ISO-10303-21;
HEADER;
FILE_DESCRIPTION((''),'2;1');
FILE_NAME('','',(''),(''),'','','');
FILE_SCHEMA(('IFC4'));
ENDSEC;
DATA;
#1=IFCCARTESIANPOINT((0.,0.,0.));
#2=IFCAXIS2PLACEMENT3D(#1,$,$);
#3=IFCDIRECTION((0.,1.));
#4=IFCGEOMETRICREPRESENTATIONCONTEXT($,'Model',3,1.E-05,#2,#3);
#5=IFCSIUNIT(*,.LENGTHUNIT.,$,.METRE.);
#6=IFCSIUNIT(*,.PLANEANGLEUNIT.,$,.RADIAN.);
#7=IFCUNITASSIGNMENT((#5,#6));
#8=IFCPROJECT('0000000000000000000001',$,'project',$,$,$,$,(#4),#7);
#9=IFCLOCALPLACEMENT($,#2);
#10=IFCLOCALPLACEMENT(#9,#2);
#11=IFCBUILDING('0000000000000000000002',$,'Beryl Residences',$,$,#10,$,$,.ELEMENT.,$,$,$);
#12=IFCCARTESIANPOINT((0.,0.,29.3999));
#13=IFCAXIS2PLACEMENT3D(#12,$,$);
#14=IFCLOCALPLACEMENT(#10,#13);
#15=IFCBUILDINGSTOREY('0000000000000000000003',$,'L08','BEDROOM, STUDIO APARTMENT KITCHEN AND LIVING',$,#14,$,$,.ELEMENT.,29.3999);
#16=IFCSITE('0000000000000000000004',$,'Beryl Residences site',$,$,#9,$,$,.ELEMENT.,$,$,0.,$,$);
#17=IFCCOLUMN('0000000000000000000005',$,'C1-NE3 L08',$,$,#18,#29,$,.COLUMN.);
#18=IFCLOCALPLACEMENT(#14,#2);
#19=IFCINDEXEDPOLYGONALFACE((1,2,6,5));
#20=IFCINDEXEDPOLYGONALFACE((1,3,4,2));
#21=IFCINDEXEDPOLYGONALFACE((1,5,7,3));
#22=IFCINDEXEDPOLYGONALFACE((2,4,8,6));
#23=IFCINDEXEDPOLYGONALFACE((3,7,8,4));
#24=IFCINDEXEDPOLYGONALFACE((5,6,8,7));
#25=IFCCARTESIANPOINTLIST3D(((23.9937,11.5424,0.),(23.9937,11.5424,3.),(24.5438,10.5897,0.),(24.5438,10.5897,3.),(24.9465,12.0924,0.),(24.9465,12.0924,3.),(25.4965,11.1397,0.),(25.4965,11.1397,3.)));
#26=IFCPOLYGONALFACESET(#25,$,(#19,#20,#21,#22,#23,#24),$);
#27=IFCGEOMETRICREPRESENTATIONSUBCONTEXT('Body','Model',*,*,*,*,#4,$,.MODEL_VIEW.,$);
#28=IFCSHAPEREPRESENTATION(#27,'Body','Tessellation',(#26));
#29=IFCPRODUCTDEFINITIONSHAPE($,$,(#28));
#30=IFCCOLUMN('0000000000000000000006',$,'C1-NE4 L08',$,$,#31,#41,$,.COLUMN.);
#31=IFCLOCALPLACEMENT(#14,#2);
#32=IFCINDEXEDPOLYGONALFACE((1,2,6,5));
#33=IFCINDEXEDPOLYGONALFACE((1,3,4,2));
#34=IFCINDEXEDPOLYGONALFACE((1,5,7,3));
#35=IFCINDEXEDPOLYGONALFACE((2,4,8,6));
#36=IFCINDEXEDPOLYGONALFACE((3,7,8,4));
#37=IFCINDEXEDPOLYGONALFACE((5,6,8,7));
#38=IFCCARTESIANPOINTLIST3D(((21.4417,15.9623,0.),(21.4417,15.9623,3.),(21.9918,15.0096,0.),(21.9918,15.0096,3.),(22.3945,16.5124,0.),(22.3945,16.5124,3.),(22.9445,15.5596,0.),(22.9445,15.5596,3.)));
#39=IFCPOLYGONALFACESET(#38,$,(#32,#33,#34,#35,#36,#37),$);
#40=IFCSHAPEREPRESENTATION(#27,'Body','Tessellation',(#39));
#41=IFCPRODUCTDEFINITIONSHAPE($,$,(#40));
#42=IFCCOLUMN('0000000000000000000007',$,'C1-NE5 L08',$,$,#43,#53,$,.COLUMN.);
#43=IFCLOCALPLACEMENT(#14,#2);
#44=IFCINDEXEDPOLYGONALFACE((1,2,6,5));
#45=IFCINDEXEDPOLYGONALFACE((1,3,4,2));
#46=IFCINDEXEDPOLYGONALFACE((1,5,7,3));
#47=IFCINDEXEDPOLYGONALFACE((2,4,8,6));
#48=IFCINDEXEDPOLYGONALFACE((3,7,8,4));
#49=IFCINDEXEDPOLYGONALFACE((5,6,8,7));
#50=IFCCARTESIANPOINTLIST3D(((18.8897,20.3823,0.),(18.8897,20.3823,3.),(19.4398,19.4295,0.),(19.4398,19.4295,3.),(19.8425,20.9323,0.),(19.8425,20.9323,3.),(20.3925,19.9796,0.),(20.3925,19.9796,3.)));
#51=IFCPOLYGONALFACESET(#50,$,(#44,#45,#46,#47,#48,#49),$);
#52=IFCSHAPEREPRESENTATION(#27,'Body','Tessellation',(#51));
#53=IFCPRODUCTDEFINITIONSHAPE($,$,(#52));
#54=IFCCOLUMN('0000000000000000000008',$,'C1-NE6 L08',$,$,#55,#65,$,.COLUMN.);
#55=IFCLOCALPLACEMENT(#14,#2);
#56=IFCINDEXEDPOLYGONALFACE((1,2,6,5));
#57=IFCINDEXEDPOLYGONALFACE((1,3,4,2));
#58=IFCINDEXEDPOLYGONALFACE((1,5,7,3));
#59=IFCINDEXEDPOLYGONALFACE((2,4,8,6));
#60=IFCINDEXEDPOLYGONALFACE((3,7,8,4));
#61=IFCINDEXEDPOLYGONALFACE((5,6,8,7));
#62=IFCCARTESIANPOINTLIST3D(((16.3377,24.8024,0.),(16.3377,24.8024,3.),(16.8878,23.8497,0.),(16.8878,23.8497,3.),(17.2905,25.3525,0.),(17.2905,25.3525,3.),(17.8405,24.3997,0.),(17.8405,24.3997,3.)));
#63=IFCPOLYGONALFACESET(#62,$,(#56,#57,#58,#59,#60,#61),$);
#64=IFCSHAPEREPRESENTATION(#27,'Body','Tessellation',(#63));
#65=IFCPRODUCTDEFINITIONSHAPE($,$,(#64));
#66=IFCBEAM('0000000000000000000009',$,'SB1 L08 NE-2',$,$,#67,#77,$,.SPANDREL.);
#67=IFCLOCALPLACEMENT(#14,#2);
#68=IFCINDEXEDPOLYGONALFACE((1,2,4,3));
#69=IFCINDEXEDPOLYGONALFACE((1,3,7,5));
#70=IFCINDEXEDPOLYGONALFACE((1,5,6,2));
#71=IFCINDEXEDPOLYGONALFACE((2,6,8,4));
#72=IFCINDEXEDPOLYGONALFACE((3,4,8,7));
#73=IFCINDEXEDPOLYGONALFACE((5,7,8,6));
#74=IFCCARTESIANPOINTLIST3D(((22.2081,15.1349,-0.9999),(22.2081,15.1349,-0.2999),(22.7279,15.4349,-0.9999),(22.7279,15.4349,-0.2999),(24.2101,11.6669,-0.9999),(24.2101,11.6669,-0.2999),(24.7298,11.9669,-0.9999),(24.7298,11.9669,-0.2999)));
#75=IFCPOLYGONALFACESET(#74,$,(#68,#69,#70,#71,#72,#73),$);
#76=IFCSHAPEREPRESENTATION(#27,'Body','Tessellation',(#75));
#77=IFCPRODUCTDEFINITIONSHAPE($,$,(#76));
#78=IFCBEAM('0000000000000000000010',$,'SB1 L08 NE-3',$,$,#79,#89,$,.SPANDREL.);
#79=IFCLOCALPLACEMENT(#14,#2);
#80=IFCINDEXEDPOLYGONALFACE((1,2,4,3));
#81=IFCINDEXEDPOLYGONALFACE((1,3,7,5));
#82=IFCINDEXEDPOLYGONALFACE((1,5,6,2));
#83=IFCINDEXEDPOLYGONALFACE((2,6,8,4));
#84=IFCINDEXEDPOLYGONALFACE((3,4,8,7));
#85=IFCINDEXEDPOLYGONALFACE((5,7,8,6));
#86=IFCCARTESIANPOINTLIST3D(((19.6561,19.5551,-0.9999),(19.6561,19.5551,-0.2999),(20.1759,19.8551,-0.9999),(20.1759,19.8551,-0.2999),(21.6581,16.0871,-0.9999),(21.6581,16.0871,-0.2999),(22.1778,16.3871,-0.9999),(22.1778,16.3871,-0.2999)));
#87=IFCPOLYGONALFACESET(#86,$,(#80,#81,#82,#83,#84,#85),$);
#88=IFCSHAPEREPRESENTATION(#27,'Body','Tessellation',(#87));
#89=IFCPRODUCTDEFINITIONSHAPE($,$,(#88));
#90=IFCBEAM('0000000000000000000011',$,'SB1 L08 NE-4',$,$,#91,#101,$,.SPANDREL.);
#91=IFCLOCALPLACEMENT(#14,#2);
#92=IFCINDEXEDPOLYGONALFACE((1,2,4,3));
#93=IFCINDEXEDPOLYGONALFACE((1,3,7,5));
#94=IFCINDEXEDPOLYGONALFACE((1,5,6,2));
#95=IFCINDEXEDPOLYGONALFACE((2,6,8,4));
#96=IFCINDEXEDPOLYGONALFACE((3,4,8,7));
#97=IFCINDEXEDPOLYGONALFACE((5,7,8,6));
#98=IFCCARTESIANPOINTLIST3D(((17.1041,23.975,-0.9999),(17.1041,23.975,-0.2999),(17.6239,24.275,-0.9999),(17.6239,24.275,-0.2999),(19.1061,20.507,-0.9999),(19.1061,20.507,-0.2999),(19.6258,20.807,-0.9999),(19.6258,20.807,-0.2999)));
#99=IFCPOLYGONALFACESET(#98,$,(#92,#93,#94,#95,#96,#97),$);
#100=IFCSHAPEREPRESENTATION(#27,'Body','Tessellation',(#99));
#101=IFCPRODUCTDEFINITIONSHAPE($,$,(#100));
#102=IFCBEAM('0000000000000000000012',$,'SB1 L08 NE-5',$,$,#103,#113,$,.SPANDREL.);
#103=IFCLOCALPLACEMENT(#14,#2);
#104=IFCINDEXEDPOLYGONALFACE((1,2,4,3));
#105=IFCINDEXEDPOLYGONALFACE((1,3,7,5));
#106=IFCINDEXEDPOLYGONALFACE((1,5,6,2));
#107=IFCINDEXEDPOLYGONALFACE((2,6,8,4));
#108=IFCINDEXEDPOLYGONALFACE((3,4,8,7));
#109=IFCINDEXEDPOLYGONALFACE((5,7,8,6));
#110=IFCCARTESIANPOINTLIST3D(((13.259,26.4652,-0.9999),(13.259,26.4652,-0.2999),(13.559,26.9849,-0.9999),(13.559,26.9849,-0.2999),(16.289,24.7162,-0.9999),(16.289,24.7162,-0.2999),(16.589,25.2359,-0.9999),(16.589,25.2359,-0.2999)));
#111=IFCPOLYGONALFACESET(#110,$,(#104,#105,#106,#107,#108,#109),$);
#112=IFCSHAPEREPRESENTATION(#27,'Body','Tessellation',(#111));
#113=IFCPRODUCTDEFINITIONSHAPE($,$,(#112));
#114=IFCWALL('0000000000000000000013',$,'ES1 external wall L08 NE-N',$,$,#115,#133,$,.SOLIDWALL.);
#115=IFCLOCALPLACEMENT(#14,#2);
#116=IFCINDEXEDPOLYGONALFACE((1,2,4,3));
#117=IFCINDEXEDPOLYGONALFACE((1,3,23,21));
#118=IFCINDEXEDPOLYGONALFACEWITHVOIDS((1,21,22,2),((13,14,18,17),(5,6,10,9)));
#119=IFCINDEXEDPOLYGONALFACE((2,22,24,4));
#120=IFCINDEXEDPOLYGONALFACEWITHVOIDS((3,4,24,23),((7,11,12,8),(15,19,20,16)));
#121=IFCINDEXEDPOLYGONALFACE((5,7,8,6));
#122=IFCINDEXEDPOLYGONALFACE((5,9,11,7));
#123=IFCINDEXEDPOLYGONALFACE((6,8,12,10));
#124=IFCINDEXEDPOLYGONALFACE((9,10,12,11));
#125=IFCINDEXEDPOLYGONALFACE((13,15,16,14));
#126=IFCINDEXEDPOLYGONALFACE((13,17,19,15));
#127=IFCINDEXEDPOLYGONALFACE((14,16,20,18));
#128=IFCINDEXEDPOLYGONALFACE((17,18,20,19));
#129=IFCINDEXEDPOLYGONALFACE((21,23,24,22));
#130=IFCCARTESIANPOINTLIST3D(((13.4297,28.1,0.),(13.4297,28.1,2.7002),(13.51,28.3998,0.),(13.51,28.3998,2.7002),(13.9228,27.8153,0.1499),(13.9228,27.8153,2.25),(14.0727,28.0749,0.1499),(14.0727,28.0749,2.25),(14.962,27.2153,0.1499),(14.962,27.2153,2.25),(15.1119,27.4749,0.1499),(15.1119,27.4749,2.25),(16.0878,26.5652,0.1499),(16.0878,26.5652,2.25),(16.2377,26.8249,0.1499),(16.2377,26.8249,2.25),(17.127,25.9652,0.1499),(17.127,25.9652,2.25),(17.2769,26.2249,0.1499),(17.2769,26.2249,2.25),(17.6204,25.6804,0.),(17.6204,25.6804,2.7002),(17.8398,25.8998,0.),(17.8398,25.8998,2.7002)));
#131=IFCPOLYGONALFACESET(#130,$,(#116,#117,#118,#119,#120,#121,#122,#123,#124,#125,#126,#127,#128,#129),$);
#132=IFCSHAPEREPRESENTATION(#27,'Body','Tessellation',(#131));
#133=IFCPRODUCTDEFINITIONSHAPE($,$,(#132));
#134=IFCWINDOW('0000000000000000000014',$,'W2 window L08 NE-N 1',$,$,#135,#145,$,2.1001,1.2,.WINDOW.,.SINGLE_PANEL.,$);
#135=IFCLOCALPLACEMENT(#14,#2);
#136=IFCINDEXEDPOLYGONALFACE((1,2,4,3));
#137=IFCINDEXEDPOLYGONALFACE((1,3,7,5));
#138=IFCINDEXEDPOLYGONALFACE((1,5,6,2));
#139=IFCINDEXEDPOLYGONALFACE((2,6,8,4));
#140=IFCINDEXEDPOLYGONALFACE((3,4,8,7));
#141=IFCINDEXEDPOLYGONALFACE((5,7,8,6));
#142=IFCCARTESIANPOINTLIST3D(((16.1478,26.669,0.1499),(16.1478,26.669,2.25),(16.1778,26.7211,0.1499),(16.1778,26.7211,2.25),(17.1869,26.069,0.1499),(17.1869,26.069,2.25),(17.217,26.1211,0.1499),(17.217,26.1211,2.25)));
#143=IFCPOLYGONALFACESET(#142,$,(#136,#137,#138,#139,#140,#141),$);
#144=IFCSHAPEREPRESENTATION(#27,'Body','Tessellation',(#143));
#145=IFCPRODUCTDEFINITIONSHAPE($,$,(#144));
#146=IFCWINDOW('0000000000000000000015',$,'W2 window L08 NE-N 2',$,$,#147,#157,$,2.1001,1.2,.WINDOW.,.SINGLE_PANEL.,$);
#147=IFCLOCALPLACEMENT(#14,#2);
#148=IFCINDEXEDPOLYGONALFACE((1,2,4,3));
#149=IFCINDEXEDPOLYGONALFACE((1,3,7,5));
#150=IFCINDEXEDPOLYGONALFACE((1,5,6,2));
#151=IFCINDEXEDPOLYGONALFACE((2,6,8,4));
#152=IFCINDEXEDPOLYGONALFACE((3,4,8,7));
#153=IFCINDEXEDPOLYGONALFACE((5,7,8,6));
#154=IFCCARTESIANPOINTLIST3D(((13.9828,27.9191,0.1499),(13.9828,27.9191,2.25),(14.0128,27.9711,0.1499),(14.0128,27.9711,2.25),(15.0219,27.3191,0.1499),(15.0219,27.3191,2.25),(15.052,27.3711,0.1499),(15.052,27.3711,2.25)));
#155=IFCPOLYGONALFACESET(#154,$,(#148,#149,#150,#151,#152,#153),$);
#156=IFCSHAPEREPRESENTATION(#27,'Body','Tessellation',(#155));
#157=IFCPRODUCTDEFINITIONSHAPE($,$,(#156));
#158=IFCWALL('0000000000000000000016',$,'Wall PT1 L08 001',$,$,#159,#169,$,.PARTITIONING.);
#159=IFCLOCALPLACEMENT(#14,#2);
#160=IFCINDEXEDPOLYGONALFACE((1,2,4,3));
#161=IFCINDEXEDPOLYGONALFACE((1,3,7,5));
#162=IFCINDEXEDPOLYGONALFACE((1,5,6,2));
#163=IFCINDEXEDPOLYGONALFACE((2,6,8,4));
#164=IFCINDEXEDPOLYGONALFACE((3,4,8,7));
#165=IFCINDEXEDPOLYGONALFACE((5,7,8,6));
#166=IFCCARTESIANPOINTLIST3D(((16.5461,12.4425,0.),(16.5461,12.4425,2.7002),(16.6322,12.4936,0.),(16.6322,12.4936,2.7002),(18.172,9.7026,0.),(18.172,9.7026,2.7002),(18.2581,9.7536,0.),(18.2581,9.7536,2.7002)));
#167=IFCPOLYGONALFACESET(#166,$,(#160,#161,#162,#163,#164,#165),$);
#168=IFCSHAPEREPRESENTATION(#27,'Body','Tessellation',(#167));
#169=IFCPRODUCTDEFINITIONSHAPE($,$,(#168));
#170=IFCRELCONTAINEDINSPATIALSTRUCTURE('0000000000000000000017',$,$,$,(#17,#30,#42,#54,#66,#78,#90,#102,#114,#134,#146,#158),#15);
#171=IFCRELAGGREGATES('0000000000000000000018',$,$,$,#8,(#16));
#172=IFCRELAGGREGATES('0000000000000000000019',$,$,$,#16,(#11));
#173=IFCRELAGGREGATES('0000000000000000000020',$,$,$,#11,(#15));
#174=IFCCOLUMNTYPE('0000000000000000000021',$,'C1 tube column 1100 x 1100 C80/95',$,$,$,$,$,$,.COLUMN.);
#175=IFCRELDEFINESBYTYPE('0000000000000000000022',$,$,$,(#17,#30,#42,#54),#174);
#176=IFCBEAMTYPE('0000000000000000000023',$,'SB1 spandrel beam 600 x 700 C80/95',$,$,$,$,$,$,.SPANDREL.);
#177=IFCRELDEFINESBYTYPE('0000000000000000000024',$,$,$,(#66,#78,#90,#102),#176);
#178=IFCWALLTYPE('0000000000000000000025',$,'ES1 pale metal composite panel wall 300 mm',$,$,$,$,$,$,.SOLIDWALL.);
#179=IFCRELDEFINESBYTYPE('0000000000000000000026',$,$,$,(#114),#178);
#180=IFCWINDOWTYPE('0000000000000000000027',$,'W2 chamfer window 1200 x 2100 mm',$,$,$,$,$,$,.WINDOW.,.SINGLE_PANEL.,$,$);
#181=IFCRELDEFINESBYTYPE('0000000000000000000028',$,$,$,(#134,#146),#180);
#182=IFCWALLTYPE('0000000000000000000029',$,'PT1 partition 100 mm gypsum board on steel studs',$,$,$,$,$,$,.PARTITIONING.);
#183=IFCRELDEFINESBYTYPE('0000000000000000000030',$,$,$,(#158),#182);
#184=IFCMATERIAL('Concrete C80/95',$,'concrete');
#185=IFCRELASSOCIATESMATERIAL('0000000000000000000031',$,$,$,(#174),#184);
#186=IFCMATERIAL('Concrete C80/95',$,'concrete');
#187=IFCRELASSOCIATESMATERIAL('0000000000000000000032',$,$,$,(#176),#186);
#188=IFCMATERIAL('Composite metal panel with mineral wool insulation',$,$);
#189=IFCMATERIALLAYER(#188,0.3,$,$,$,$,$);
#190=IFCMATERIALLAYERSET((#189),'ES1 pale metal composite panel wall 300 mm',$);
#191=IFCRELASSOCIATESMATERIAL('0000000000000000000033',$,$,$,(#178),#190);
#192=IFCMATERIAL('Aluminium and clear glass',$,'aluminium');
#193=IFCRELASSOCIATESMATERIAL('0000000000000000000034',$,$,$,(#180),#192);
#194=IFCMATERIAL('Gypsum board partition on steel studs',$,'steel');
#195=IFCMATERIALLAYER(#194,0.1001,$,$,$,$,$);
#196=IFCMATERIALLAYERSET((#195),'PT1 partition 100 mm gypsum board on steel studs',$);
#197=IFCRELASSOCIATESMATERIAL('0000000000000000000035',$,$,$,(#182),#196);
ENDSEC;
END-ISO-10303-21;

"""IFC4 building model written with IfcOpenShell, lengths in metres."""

from ifc_helpers import new_model, si_unit, direction, frame, frame_2d, origin, origin_2d, place, context, subcontext, project, spatial, polyline, rectangle, outline, extrude, material, layer, layer_set, material_profile, profile_set, type_object, element, fill, save


model = new_model("IFC4")

# Units and contexts
model_context = context("Model", 3, precision=1e-05, world=origin(), true_north=direction((0.0, 1.0)))
body_context = subcontext(model_context, "Body", "Model", "MODEL_VIEW")
ifc_project = project(units=[si_unit("LENGTHUNIT", "METRE"), si_unit("PLANEANGLEUNIT", "RADIAN")], contexts=[model_context])

# Site, building, storey
site_placement = place(None, origin())
site = spatial("IfcSite", under=ifc_project, at=site_placement, Name="Beryl Residences site", CompositionType="ELEMENT", RefElevation=0.0)
building_placement = place(site_placement, origin())
building = spatial("IfcBuilding", under=site, at=building_placement, Name="Beryl Residences", CompositionType="ELEMENT")
storey_placement = place(building_placement, frame((0.0, 0.0, 29.3999)))
storey = spatial("IfcBuildingStorey", under=building, at=storey_placement, Name="L08", Description="BEDROOM, STUDIO APARTMENT KITCHEN AND LIVING", CompositionType="ELEMENT", Elevation=29.3999)

# Columns
ifc_material_1 = material(Name="Concrete C80/95", Category="concrete")
ifc_material_profile_1 = material_profile(ifc_material_1, rectangle(XDim=1.1001, YDim=1.1001, at=origin_2d()))
ifc_profile_set_1 = profile_set([ifc_material_profile_1], Name="Concrete C80/95")
column_type = type_object("IfcColumnType", Name="C1 tube column 1100 x 1100 C80/95", PredefinedType="COLUMN", material=ifc_profile_set_1)
for number, where, z_axis, x_axis, name in (
    (1, (24.7451, 11.3411, 0.0), (0.0, 0.0, 1.0), (-0.499985, 0.866034, 0.0), "C1-NE3 L08"),
    (2, (22.1931, 15.761, 0.0), (0.0, 0.0, 1.0), (-0.499985, 0.866034, 0.0), "C1-NE4 L08"),
    (3, (19.6411, 20.1809, 0.0), (0.0, 0.0, 1.0), (-0.499985, 0.866034, 0.0), "C1-NE5 L08"),
    (4, (17.0891, 24.6011, 0.0), (0.0, 0.0, 1.0), (-0.499985, 0.866034, 0.0), "C1-NE6 L08"),
):
    element("IfcColumn", number, at=place(storey_placement, frame(where, z_axis=z_axis, x_axis=x_axis)), inside=storey, type_object=column_type, Name=name, PredefinedType="COLUMN", context=body_context, shape_type="SweptSolid", body=[
        extrude(rectangle(XDim=1.1001, YDim=1.1001, at=origin_2d()), origin(), (0.0, 0.0, 1.0), 3.0),
    ])

# Beams
ifc_material_2 = material(Name="Concrete C80/95", Category="concrete")
ifc_material_profile_2 = material_profile(ifc_material_2, rectangle(XDim=0.6001, YDim=0.7, at=origin_2d()))
ifc_profile_set_2 = profile_set([ifc_material_profile_2], Name="Concrete C80/95")
beam_type = type_object("IfcBeamType", Name="SB1 spandrel beam 600 x 700 C80/95", PredefinedType="SPANDREL", material=ifc_profile_set_2)
for number, where, z_axis, x_axis, name in (
    (5, (24.47, 11.8169, -0.6499), (-0.499942, 0.866059, 0.0), (-0.866059, -0.499942, 0.0), "SB1 L08 NE-2"),
    (6, (21.918, 16.2371, -0.6499), (-0.499942, 0.866059, 0.0), (-0.866059, -0.499942, 0.0), "SB1 L08 NE-3"),
    (7, (19.366, 20.657, -0.6499), (-0.499942, 0.866059, 0.0), (-0.866059, -0.499942, 0.0), "SB1 L08 NE-4"),
):
    element("IfcBeam", number, at=place(storey_placement, frame(where, z_axis=z_axis, x_axis=x_axis)), inside=storey, type_object=beam_type, Name=name, PredefinedType="SPANDREL", context=body_context, shape_type="SweptSolid", body=[
        extrude(rectangle(XDim=0.6001, YDim=0.7, at=origin_2d()), origin(), (0.0, 0.0, 1.0), 4.0044),
    ])
beam_placement = place(storey_placement, frame((16.439, 24.9761, -0.6499), z_axis=(-0.866071, 0.499922, 0.0), x_axis=(-0.499922, -0.866071, 0.0)))
element("IfcBeam", 8, at=beam_placement, inside=storey, type_object=beam_type, Name="SB1 L08 NE-5", PredefinedType="SPANDREL", context=body_context, shape_type="SweptSolid", body=[
    extrude(rectangle(XDim=0.6001, YDim=0.7, at=origin_2d()), origin(), (0.0, 0.0, 1.0), 3.4985),
])

# Wall, openings, windows
ifc_material_3 = material(Name="Composite metal panel with mineral wool insulation")
ifc_layer_1 = layer(ifc_material_3, 0.3)
ifc_layer_set_1 = layer_set([ifc_layer_1], Name="ES1 pale metal composite panel wall 300 mm")
wall_type_1 = type_object("IfcWallType", Name="ES1 pale metal composite panel wall 300 mm", PredefinedType="SOLIDWALL", material=ifc_layer_set_1)
wall_1_placement = place(storey_placement, frame((17.7649, 25.77, 0.0), z_axis=(0.0, 0.0, 1.0), x_axis=(-0.866011, 0.500025, 0.0)))
wall_1 = element("IfcWall", 9, at=wall_1_placement, inside=storey, type_object=wall_type_1, Name="ES1 external wall L08 NE-N", PredefinedType="SOLIDWALL", context=body_context, shape_type="SweptSolid", body=[
    extrude(outline(polyline([(0.0, -0.1499), (4.9998, -0.1499), (4.9194, 0.1499), (0.0803, 0.1499), (0.0, -0.1499)])), origin(), (0.0, 0.0, 1.0), 2.7002),
])
opening_1_placement = place(wall_1_placement, frame((0.6499, 0.0, 0.1499)))
opening_1 = element("IfcOpeningElement", 10, at=opening_1_placement, cuts=wall_1, PredefinedType="OPENING", context=body_context, shape_type="SweptSolid", body=[
    extrude(rectangle(XDim=1.2, YDim=2.1001, at=frame_2d((0.6001, 1.05))), frame((0.0, 0.1599, 0.0), z_axis=(0.0, -1.0, 0.0), x_axis=(1.0, 0.0, 0.0)), (0.0, 0.0, 1.0), 0.3201),
])
opening_2_placement = place(wall_1_placement, frame((3.1499, 0.0, 0.1499)))
opening_2 = element("IfcOpeningElement", 11, at=opening_2_placement, cuts=wall_1, PredefinedType="OPENING", context=body_context, shape_type="SweptSolid", body=[
    extrude(rectangle(XDim=1.2, YDim=2.1001, at=frame_2d((0.6001, 1.05))), frame((0.0, 0.1599, 0.0), z_axis=(0.0, -1.0, 0.0), x_axis=(1.0, 0.0, 0.0)), (0.0, 0.0, 1.0), 0.3201),
])
ifc_material_4 = material(Name="Aluminium and clear glass", Category="aluminium")
window_type = type_object("IfcWindowType", Name="W2 chamfer window 1200 x 2100 mm", PartitioningType="SINGLE_PANEL", PredefinedType="WINDOW", material=ifc_material_4)
window_1_placement = place(opening_1_placement, origin())
window_1 = element("IfcWindow", 12, at=window_1_placement, inside=storey, type_object=window_type, Name="W2 window L08 NE-N 1", OverallHeight=2.1001, OverallWidth=1.2, PartitioningType="SINGLE_PANEL", PredefinedType="WINDOW", context=body_context, shape_type="SweptSolid", body=[
    extrude(rectangle(XDim=1.2, YDim=2.1001, at=frame_2d((0.6001, 1.05))), frame((0.0, 0.03, 0.0), z_axis=(0.0, -1.0, 0.0), x_axis=(1.0, 0.0, 0.0)), (0.0, 0.0, 1.0), 0.0601),
])
fill(opening_1, window_1)
window_2_placement = place(opening_2_placement, origin())
window_2 = element("IfcWindow", 13, at=window_2_placement, inside=storey, type_object=window_type, Name="W2 window L08 NE-N 2", OverallHeight=2.1001, OverallWidth=1.2, PartitioningType="SINGLE_PANEL", PredefinedType="WINDOW", context=body_context, shape_type="SweptSolid", body=[
    extrude(rectangle(XDim=1.2, YDim=2.1001, at=frame_2d((0.6001, 1.05))), frame((0.0, 0.03, 0.0), z_axis=(0.0, -1.0, 0.0), x_axis=(1.0, 0.0, 0.0)), (0.0, 0.0, 1.0), 0.0601),
])
fill(opening_2, window_2)

# Wall
ifc_material_5 = material(Name="Gypsum board partition on steel studs", Category="steel")
ifc_layer_2 = layer(ifc_material_5, 0.1001)
ifc_layer_set_2 = layer_set([ifc_layer_2], Name="PT1 partition 100 mm gypsum board on steel studs")
wall_type_2 = type_object("IfcWallType", Name="PT1 partition 100 mm gypsum board on steel studs", PredefinedType="PARTITIONING", material=ifc_layer_set_2)
wall_2_placement = place(storey_placement, frame((16.5891, 12.468, 0.0), z_axis=(0.0, 0.0, 1.0), x_axis=(0.510332, -0.859978, 0.0)))
element("IfcWall", 14, at=wall_2_placement, inside=storey, type_object=wall_type_2, Name="Wall PT1 L08 001", PredefinedType="PARTITIONING", context=body_context, shape_type="SweptSolid", body=[
    extrude(rectangle(XDim=3.186, YDim=0.1001, at=frame_2d((1.593, 0.0))), origin(), (0.0, 0.0, 1.0), 2.7002),
])

save(model, "model.ifc")
